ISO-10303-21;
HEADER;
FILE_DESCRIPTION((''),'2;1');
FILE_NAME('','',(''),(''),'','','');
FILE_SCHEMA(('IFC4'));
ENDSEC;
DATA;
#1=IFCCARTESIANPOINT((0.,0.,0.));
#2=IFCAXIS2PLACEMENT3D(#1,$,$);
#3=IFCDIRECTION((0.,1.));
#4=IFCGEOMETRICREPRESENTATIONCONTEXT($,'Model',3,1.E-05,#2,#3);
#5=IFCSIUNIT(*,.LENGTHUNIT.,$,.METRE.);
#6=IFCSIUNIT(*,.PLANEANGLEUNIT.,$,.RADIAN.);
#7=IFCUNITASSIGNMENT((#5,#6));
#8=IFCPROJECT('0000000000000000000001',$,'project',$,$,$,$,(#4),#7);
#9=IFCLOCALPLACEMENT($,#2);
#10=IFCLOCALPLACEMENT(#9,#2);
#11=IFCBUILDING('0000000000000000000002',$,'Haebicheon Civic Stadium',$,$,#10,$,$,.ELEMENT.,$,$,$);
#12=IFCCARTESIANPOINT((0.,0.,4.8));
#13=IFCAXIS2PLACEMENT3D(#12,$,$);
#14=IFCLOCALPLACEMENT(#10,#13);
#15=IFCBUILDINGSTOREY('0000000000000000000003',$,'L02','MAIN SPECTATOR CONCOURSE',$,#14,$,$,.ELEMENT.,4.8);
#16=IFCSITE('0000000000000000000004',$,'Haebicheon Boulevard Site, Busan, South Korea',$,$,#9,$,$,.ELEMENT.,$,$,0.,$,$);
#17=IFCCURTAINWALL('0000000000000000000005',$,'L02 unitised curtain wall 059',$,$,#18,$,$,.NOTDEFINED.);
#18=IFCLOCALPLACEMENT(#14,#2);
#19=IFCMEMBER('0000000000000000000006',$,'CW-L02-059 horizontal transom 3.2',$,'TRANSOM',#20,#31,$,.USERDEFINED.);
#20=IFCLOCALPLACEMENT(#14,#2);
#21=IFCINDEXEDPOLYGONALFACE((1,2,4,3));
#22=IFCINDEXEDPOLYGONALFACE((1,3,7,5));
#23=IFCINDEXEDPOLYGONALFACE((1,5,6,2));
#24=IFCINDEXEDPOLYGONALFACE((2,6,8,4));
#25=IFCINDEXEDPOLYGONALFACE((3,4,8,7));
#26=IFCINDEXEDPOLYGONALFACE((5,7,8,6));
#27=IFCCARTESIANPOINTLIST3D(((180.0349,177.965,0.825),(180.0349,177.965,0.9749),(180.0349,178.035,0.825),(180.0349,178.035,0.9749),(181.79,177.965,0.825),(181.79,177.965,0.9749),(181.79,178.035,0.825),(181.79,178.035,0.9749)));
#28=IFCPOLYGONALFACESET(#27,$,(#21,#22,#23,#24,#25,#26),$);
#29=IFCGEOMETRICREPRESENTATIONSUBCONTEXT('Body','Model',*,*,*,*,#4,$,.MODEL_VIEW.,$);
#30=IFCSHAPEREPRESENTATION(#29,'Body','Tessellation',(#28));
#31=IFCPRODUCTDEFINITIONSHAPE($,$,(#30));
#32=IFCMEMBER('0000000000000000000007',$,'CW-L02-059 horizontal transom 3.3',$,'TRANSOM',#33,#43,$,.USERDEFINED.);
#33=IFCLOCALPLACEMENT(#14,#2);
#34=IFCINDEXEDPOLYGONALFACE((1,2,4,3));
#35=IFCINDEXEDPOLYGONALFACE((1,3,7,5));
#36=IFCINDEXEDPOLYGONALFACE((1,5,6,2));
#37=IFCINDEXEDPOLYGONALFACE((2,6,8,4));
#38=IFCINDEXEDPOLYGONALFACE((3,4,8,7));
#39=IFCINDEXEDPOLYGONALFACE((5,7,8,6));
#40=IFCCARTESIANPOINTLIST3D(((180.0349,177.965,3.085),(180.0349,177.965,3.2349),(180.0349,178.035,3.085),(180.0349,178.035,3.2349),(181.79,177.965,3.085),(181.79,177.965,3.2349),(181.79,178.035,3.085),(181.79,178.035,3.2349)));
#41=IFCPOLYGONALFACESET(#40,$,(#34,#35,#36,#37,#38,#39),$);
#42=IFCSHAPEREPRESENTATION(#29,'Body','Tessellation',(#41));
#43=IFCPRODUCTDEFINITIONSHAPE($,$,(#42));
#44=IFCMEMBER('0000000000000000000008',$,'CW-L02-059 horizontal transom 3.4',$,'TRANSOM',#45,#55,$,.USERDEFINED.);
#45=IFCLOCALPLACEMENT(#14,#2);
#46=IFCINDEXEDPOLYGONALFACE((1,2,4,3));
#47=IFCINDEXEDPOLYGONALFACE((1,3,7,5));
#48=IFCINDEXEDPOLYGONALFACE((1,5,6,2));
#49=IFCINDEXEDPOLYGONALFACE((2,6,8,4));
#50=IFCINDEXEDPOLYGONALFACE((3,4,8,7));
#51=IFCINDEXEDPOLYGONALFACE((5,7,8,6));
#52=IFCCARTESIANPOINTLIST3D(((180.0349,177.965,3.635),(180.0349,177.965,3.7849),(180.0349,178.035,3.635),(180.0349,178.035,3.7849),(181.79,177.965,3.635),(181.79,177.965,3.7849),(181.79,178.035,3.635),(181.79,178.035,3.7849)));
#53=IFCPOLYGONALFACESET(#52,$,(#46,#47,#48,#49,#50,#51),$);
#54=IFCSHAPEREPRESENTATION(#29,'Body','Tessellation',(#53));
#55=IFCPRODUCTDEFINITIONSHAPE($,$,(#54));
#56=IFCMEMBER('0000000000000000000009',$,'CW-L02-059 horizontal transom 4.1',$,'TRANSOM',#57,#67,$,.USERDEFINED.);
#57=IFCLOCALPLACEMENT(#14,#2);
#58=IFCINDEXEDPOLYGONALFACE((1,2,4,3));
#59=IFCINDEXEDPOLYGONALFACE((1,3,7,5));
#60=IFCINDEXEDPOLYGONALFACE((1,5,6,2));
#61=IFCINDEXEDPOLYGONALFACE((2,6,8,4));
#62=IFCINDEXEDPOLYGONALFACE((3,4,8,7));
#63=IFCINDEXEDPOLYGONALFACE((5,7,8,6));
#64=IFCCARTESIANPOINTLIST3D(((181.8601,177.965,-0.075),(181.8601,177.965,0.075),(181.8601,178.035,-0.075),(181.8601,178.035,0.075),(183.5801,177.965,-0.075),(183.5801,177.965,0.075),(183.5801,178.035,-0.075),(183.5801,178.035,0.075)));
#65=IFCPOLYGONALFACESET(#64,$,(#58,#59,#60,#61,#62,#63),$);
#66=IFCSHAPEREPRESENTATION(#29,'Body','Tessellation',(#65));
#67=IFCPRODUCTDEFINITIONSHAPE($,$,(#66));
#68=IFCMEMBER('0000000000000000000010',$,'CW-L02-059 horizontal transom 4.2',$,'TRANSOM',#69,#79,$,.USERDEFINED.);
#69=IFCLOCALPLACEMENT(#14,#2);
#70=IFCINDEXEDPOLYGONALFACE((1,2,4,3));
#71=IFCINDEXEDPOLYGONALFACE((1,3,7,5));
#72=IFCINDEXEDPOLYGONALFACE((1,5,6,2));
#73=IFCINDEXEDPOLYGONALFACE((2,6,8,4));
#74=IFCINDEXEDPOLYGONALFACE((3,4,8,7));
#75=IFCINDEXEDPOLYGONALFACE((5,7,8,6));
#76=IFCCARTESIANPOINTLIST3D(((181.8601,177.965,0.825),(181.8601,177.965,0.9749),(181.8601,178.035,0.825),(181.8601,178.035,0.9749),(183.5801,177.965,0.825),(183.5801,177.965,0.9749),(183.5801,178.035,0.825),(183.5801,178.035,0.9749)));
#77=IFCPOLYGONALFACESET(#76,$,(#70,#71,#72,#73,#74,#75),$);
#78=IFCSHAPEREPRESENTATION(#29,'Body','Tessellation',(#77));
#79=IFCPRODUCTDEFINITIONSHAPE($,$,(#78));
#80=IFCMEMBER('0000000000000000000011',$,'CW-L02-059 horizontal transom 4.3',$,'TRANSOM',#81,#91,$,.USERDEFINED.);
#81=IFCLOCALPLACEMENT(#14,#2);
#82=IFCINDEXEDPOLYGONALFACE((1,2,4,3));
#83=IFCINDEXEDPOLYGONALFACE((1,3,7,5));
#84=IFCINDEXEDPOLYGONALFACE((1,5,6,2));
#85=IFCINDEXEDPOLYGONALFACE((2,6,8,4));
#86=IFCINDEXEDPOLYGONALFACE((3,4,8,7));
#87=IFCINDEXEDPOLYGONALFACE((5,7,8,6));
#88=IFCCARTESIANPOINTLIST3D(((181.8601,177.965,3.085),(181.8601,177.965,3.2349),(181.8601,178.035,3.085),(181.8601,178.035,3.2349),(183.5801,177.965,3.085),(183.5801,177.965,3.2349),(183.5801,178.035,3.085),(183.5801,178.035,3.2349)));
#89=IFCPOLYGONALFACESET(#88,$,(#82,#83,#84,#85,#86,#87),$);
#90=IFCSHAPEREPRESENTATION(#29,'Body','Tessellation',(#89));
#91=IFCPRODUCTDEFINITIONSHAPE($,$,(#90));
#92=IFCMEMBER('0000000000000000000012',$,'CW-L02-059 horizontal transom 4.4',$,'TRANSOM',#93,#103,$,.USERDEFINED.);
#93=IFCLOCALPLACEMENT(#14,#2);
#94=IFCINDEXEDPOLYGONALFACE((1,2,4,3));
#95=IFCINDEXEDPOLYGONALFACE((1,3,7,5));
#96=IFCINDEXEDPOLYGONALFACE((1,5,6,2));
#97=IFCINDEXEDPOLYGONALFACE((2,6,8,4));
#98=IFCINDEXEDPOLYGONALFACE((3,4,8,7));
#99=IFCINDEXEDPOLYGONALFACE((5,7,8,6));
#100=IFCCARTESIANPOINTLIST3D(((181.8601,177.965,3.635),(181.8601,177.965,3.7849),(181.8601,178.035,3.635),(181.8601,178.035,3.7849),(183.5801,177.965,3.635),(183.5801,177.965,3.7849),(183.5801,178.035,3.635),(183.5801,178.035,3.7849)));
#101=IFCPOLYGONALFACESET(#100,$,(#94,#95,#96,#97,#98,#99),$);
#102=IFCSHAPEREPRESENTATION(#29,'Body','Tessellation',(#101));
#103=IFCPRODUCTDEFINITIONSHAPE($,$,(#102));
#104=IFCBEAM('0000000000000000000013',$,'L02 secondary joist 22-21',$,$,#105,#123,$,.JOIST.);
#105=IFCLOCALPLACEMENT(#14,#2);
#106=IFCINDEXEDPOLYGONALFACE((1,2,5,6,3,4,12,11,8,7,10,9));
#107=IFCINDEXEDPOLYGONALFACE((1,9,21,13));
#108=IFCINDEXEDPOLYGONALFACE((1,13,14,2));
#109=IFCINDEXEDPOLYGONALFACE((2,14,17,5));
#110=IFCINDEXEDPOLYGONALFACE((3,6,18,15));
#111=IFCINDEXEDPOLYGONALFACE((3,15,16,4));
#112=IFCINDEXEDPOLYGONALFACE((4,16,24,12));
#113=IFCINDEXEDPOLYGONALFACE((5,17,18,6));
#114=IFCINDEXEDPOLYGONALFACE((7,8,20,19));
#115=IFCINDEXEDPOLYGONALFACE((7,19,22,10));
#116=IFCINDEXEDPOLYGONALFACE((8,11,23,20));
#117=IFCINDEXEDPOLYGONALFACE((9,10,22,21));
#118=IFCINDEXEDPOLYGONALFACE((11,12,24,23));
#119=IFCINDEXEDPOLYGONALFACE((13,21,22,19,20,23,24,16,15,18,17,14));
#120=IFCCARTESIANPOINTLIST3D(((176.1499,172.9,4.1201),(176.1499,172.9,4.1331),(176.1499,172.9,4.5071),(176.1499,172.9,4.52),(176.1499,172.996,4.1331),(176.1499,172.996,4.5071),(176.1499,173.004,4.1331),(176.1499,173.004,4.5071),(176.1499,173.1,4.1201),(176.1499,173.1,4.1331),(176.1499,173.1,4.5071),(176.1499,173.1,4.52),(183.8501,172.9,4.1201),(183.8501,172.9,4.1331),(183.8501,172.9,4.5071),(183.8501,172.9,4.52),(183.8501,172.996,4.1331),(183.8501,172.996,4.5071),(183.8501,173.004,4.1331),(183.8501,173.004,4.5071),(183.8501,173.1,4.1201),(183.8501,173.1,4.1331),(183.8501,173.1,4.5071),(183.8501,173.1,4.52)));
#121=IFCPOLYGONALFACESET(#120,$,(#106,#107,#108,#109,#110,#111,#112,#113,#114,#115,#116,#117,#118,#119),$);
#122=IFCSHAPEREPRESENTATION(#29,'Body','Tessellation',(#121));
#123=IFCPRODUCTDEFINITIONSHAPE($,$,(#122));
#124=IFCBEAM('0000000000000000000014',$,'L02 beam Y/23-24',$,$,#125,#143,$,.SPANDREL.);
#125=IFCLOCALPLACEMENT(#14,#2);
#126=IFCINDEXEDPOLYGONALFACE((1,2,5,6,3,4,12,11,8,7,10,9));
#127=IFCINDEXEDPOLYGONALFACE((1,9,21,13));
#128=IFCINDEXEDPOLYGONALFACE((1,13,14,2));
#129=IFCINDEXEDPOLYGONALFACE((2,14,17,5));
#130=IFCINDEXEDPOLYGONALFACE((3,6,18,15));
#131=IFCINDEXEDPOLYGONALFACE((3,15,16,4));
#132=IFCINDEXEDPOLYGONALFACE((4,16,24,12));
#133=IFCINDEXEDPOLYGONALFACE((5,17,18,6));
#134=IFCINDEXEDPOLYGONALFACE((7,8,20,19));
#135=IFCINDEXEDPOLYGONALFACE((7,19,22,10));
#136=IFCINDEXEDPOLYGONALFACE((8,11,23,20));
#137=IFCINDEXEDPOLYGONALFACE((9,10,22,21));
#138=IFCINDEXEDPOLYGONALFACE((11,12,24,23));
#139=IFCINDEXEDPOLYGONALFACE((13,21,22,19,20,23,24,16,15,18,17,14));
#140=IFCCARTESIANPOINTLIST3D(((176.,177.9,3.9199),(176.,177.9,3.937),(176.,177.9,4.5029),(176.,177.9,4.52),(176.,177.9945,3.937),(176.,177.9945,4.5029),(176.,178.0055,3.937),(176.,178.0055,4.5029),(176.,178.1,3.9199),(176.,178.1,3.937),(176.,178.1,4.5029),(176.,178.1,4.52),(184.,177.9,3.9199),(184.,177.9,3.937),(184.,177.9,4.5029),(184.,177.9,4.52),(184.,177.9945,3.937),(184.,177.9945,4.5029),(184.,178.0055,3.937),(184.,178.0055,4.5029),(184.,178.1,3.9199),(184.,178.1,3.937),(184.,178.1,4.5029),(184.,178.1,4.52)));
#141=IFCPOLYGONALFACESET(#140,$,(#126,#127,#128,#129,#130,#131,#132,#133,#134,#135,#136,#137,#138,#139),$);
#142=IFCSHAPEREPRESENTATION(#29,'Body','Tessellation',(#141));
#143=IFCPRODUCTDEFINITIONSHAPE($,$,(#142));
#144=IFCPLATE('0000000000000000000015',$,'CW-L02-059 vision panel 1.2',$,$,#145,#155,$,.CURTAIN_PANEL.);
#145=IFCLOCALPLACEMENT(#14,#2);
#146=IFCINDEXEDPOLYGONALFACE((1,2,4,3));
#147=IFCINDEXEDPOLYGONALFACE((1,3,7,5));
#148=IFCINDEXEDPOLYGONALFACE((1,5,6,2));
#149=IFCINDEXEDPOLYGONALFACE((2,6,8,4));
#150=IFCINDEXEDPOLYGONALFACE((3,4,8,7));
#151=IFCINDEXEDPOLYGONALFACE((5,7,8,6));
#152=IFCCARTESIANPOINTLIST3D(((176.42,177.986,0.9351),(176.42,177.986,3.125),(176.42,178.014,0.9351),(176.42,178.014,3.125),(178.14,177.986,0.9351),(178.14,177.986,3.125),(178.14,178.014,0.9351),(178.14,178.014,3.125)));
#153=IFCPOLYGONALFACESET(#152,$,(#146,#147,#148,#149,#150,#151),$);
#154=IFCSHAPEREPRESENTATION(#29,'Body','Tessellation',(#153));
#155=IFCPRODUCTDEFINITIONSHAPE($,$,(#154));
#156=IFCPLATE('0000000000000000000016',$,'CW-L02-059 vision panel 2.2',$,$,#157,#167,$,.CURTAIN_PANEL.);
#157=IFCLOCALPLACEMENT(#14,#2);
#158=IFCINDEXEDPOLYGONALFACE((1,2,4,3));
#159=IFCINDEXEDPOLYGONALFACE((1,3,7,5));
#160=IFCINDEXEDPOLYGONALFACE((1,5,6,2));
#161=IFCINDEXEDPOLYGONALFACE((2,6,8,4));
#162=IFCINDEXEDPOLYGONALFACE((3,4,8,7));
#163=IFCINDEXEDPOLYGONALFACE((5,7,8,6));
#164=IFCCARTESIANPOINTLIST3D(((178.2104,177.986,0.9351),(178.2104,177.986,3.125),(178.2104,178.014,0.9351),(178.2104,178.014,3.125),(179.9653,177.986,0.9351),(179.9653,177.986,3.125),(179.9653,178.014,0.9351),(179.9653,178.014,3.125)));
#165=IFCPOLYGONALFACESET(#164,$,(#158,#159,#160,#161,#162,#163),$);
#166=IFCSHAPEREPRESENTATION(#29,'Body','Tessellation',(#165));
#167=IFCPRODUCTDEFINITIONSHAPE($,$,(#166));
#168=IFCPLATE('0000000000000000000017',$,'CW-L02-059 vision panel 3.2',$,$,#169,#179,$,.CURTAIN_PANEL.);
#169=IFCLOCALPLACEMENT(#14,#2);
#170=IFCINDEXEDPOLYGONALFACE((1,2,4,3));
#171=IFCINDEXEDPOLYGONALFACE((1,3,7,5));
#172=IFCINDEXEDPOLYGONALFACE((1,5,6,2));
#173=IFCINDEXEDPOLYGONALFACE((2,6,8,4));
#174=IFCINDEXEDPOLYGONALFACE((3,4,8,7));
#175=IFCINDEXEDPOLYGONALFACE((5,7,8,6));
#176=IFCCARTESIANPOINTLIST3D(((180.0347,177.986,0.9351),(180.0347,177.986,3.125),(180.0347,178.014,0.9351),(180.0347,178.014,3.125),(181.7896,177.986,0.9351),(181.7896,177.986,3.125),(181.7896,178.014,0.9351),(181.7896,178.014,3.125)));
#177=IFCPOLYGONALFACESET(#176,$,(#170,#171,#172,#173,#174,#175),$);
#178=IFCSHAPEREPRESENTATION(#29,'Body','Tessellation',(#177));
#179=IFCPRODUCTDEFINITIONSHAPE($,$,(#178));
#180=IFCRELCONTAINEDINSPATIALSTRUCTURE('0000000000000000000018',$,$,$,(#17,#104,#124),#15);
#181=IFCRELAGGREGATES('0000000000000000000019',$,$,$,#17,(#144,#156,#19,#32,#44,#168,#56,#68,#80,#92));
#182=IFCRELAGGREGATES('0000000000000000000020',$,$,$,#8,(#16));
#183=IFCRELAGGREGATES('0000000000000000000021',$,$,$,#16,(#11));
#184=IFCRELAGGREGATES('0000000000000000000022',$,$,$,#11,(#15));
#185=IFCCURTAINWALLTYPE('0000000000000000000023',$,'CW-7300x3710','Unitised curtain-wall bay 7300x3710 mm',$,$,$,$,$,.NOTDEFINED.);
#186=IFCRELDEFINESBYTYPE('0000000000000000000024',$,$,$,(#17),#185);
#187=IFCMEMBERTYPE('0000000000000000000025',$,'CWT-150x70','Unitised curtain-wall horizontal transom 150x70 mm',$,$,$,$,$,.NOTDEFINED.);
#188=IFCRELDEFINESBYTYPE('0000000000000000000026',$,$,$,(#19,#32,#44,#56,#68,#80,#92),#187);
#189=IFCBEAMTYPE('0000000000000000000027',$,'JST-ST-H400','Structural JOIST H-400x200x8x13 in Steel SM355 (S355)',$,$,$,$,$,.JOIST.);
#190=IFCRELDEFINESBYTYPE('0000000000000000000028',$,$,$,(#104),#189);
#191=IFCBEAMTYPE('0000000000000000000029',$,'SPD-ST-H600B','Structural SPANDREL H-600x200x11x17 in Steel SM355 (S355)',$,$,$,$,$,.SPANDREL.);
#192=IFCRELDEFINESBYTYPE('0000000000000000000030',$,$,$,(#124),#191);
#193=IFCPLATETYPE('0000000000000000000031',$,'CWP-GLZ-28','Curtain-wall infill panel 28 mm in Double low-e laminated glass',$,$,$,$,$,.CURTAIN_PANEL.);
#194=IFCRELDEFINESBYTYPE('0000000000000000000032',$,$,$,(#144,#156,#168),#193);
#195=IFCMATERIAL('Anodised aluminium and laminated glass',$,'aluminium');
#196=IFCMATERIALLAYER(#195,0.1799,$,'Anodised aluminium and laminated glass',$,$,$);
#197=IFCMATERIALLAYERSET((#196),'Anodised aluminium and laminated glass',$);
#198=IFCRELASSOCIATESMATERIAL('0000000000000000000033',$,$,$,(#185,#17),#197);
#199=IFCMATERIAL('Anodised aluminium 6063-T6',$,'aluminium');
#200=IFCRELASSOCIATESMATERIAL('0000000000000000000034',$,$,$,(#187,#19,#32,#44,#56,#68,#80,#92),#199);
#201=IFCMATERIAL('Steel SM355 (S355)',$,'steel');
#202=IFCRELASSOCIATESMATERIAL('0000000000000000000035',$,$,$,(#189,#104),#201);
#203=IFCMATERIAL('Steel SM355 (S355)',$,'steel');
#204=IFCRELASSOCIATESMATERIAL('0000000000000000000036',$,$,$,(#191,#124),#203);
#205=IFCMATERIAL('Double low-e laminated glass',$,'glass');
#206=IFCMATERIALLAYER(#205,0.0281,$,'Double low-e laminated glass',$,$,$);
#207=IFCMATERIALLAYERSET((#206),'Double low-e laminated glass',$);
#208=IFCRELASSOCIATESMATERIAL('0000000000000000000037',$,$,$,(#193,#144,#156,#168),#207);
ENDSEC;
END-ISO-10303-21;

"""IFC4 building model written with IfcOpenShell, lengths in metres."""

from ifc_helpers import new_model, si_unit, direction, frame, origin, origin_2d, place, context, subcontext, project, spatial, rectangle, i_section, extrude, material, layer, layer_set, material_profile, profile_set, type_object, element, aggregate, save


model = new_model("IFC4")

# Units and contexts
model_context = context("Model", 3, precision=1e-05, world=origin(), true_north=direction((0.0, 1.0)))
body_context = subcontext(model_context, "Body", "Model", "MODEL_VIEW")
ifc_project = project(units=[si_unit("LENGTHUNIT", "METRE"), si_unit("PLANEANGLEUNIT", "RADIAN")], contexts=[model_context])

# Site, building, storey
site_placement = place(None, origin())
site = spatial("IfcSite", under=ifc_project, at=site_placement, Name="Haebicheon Boulevard Site, Busan, South Korea", CompositionType="ELEMENT", RefElevation=0.0)
building_placement = place(site_placement, origin())
building = spatial("IfcBuilding", under=site, at=building_placement, Name="Haebicheon Civic Stadium", CompositionType="ELEMENT")
storey_placement = place(building_placement, frame((0.0, 0.0, 4.8)))
storey = spatial("IfcBuildingStorey", under=building, at=storey_placement, Name="L02", Description="MAIN SPECTATOR CONCOURSE", CompositionType="ELEMENT", Elevation=4.8)

# Curtain wall, members
ifc_material_1 = material(Name="Anodised aluminium and laminated glass", Category="aluminium")
ifc_layer_1 = layer(ifc_material_1, 0.1799, Name="Anodised aluminium and laminated glass")
ifc_layer_set_1 = layer_set([ifc_layer_1], Name="Anodised aluminium and laminated glass")
curtain_wall_type = type_object("IfcCurtainWallType", Name="CW-7300x3710", Description="Unitised curtain-wall bay 7300x3710 mm", PredefinedType="NOTDEFINED", material=ifc_layer_set_1)
curtain_wall_placement = place(storey_placement, origin())
curtain_wall = element("IfcCurtainWall", 1, at=curtain_wall_placement, inside=storey, type_object=curtain_wall_type, material=ifc_layer_set_1, Name="L02 unitised curtain wall 059", PredefinedType="NOTDEFINED")
ifc_material_2 = material(Name="Anodised aluminium 6063-T6", Category="aluminium")
ifc_material_profile_1 = material_profile(ifc_material_2, rectangle(XDim=0.0701, YDim=0.1499, at=origin_2d()), Name="ALU-TRAN-70x150")
ifc_profile_set_1 = profile_set([ifc_material_profile_1], Name="Anodised aluminium 6063-T6")
member_type_1 = type_object("IfcMemberType", Name="CWT-150x70", Description="Unitised curtain-wall horizontal transom 150x70 mm", PredefinedType="NOTDEFINED", material=ifc_profile_set_1)
member_1_placement = place(storey_placement, frame((180.0349, 178.0, 0.8999), z_axis=(1.0, 0.0, 0.0), x_axis=(0.0, 1.0, 0.0)))
member_1 = element("IfcMember", 2, at=member_1_placement, type_object=member_type_1, material=ifc_profile_set_1, Name="CW-L02-059 horizontal transom 3.2", ObjectType="TRANSOM", PredefinedType="USERDEFINED", context=body_context, shape_type="SweptSolid", body=[
    extrude(rectangle(XDim=0.0701, YDim=0.1499, at=origin_2d()), origin(), (0.0, 0.0, 1.0), 1.7551),
])
member_2_placement = place(storey_placement, frame((180.0349, 178.0, 3.1599), z_axis=(1.0, 0.0, 0.0), x_axis=(0.0, 1.0, 0.0)))
member_2 = element("IfcMember", 3, at=member_2_placement, type_object=member_type_1, material=ifc_profile_set_1, Name="CW-L02-059 horizontal transom 3.3", ObjectType="TRANSOM", PredefinedType="USERDEFINED", context=body_context, shape_type="SweptSolid", body=[
    extrude(rectangle(XDim=0.0701, YDim=0.1499, at=origin_2d()), origin(), (0.0, 0.0, 1.0), 1.7551),
])
member_3_placement = place(storey_placement, frame((180.0349, 178.0, 3.71), z_axis=(1.0, 0.0, 0.0), x_axis=(0.0, 1.0, 0.0)))
member_3 = element("IfcMember", 4, at=member_3_placement, type_object=member_type_1, material=ifc_profile_set_1, Name="CW-L02-059 horizontal transom 3.4", ObjectType="TRANSOM", PredefinedType="USERDEFINED", context=body_context, shape_type="SweptSolid", body=[
    extrude(rectangle(XDim=0.0701, YDim=0.1499, at=origin_2d()), origin(), (0.0, 0.0, 1.0), 1.7551),
])
member_4_placement = place(storey_placement, frame((181.8601, 178.0, 0.0), z_axis=(1.0, 0.0, 0.0), x_axis=(0.0, 1.0, 0.0)))
member_4 = element("IfcMember", 5, at=member_4_placement, type_object=member_type_1, material=ifc_profile_set_1, Name="CW-L02-059 horizontal transom 4.1", ObjectType="TRANSOM", PredefinedType="USERDEFINED", context=body_context, shape_type="SweptSolid", body=[
    extrude(rectangle(XDim=0.0701, YDim=0.1499, at=origin_2d()), origin(), (0.0, 0.0, 1.0), 1.72),
])
member_5_placement = place(storey_placement, frame((181.8601, 178.0, 0.8999), z_axis=(1.0, 0.0, 0.0), x_axis=(0.0, 1.0, 0.0)))
member_5 = element("IfcMember", 6, at=member_5_placement, type_object=member_type_1, material=ifc_profile_set_1, Name="CW-L02-059 horizontal transom 4.2", ObjectType="TRANSOM", PredefinedType="USERDEFINED", context=body_context, shape_type="SweptSolid", body=[
    extrude(rectangle(XDim=0.0701, YDim=0.1499, at=origin_2d()), origin(), (0.0, 0.0, 1.0), 1.72),
])
member_6_placement = place(storey_placement, frame((181.8601, 178.0, 3.1599), z_axis=(1.0, 0.0, 0.0), x_axis=(0.0, 1.0, 0.0)))
member_6 = element("IfcMember", 7, at=member_6_placement, type_object=member_type_1, material=ifc_profile_set_1, Name="CW-L02-059 horizontal transom 4.3", ObjectType="TRANSOM", PredefinedType="USERDEFINED", context=body_context, shape_type="SweptSolid", body=[
    extrude(rectangle(XDim=0.0701, YDim=0.1499, at=origin_2d()), origin(), (0.0, 0.0, 1.0), 1.72),
])
member_7_placement = place(storey_placement, frame((181.8601, 178.0, 3.71), z_axis=(1.0, 0.0, 0.0), x_axis=(0.0, 1.0, 0.0)))
member_7 = element("IfcMember", 8, at=member_7_placement, type_object=member_type_1, material=ifc_profile_set_1, Name="CW-L02-059 horizontal transom 4.4", ObjectType="TRANSOM", PredefinedType="USERDEFINED", context=body_context, shape_type="SweptSolid", body=[
    extrude(rectangle(XDim=0.0701, YDim=0.1499, at=origin_2d()), origin(), (0.0, 0.0, 1.0), 1.72),
])

# Beams
ifc_material_3 = material(Name="Steel SM355 (S355)", Category="steel")
ifc_material_profile_2 = material_profile(ifc_material_3, i_section(OverallWidth=0.2, OverallDepth=0.3999, WebThickness=0.0081, FlangeThickness=0.0129, at=origin_2d()), Name="H-400x200x8x13")
ifc_profile_set_2 = profile_set([ifc_material_profile_2], Name="Steel SM355 (S355)")
beam_type_1 = type_object("IfcBeamType", Name="JST-ST-H400", Description="Structural JOIST H-400x200x8x13 in Steel SM355 (S355)", PredefinedType="JOIST", material=ifc_profile_set_2)
beam_1_placement = place(storey_placement, frame((176.1499, 173.0, 4.3201), z_axis=(1.0, 0.0, 0.0), x_axis=(0.0, 1.0, 0.0)))
element("IfcBeam", 9, at=beam_1_placement, inside=storey, type_object=beam_type_1, material=ifc_profile_set_2, Name="L02 secondary joist 22-21", PredefinedType="JOIST", context=body_context, shape_type="SweptSolid", body=[
    extrude(i_section(OverallWidth=0.2, OverallDepth=0.3999, WebThickness=0.0081, FlangeThickness=0.0129, at=origin_2d()), origin(), (0.0, 0.0, 1.0), 7.7002),
])
ifc_material_4 = material(Name="Steel SM355 (S355)", Category="steel")
ifc_material_profile_3 = material_profile(ifc_material_4, i_section(OverallWidth=0.2, OverallDepth=0.6001, WebThickness=0.011, FlangeThickness=0.0171, at=origin_2d()), Name="H-600x200x11x17")
ifc_profile_set_3 = profile_set([ifc_material_profile_3], Name="Steel SM355 (S355)")
beam_type_2 = type_object("IfcBeamType", Name="SPD-ST-H600B", Description="Structural SPANDREL H-600x200x11x17 in Steel SM355 (S355)", PredefinedType="SPANDREL", material=ifc_profile_set_3)
beam_2_placement = place(storey_placement, frame((176.0, 178.0, 4.22), z_axis=(1.0, 0.0, 0.0), x_axis=(0.0, 1.0, 0.0)))
element("IfcBeam", 10, at=beam_2_placement, inside=storey, type_object=beam_type_2, material=ifc_profile_set_3, Name="L02 beam Y/23-24", PredefinedType="SPANDREL", context=body_context, shape_type="SweptSolid", body=[
    extrude(i_section(OverallWidth=0.2, OverallDepth=0.6001, WebThickness=0.011, FlangeThickness=0.0171, at=origin_2d()), origin(), (0.0, 0.0, 1.0), 8.0),
])

# Plates
ifc_material_5 = material(Name="Double low-e laminated glass", Category="glass")
ifc_layer_2 = layer(ifc_material_5, 0.0281, Name="Double low-e laminated glass")
ifc_layer_set_2 = layer_set([ifc_layer_2], Name="Double low-e laminated glass")
plate_type_1 = type_object("IfcPlateType", Name="CWP-GLZ-28", Description="Curtain-wall infill panel 28 mm in Double low-e laminated glass", PredefinedType="CURTAIN_PANEL", material=ifc_layer_set_2)
plate_1_placement = place(storey_placement, frame((177.28, 178.0, 0.9351), z_axis=(0.0, 0.0, 1.0), x_axis=(1.0, 0.0, 0.0)))
plate_1 = element("IfcPlate", 11, at=plate_1_placement, type_object=plate_type_1, material=ifc_layer_set_2, Name="CW-L02-059 vision panel 1.2", PredefinedType="CURTAIN_PANEL", context=body_context, shape_type="SweptSolid", body=[
    extrude(rectangle(XDim=1.72, YDim=0.0281, at=origin_2d()), origin(), (0.0, 0.0, 1.0), 2.1899),
])
plate_2_placement = place(storey_placement, frame((179.0879, 178.0, 0.9351), z_axis=(0.0, 0.0, 1.0), x_axis=(1.0, 0.0, 0.0)))
plate_2 = element("IfcPlate", 12, at=plate_2_placement, type_object=plate_type_1, material=ifc_layer_set_2, Name="CW-L02-059 vision panel 2.2", PredefinedType="CURTAIN_PANEL", context=body_context, shape_type="SweptSolid", body=[
    extrude(rectangle(XDim=1.7549, YDim=0.0281, at=origin_2d()), origin(), (0.0, 0.0, 1.0), 2.1899),
])
plate_3_placement = place(storey_placement, frame((180.9121, 178.0, 0.9351), z_axis=(0.0, 0.0, 1.0), x_axis=(1.0, 0.0, 0.0)))
plate_3 = element("IfcPlate", 13, at=plate_3_placement, type_object=plate_type_1, material=ifc_layer_set_2, Name="CW-L02-059 vision panel 3.2", PredefinedType="CURTAIN_PANEL", context=body_context, shape_type="SweptSolid", body=[
    extrude(rectangle(XDim=1.7549, YDim=0.0281, at=origin_2d()), origin(), (0.0, 0.0, 1.0), 2.1899),
])
aggregate(curtain_wall, [plate_1, plate_2, member_1, member_2, member_3, plate_3, member_4, member_5, member_6, member_7])

save(model, "model.ifc")
